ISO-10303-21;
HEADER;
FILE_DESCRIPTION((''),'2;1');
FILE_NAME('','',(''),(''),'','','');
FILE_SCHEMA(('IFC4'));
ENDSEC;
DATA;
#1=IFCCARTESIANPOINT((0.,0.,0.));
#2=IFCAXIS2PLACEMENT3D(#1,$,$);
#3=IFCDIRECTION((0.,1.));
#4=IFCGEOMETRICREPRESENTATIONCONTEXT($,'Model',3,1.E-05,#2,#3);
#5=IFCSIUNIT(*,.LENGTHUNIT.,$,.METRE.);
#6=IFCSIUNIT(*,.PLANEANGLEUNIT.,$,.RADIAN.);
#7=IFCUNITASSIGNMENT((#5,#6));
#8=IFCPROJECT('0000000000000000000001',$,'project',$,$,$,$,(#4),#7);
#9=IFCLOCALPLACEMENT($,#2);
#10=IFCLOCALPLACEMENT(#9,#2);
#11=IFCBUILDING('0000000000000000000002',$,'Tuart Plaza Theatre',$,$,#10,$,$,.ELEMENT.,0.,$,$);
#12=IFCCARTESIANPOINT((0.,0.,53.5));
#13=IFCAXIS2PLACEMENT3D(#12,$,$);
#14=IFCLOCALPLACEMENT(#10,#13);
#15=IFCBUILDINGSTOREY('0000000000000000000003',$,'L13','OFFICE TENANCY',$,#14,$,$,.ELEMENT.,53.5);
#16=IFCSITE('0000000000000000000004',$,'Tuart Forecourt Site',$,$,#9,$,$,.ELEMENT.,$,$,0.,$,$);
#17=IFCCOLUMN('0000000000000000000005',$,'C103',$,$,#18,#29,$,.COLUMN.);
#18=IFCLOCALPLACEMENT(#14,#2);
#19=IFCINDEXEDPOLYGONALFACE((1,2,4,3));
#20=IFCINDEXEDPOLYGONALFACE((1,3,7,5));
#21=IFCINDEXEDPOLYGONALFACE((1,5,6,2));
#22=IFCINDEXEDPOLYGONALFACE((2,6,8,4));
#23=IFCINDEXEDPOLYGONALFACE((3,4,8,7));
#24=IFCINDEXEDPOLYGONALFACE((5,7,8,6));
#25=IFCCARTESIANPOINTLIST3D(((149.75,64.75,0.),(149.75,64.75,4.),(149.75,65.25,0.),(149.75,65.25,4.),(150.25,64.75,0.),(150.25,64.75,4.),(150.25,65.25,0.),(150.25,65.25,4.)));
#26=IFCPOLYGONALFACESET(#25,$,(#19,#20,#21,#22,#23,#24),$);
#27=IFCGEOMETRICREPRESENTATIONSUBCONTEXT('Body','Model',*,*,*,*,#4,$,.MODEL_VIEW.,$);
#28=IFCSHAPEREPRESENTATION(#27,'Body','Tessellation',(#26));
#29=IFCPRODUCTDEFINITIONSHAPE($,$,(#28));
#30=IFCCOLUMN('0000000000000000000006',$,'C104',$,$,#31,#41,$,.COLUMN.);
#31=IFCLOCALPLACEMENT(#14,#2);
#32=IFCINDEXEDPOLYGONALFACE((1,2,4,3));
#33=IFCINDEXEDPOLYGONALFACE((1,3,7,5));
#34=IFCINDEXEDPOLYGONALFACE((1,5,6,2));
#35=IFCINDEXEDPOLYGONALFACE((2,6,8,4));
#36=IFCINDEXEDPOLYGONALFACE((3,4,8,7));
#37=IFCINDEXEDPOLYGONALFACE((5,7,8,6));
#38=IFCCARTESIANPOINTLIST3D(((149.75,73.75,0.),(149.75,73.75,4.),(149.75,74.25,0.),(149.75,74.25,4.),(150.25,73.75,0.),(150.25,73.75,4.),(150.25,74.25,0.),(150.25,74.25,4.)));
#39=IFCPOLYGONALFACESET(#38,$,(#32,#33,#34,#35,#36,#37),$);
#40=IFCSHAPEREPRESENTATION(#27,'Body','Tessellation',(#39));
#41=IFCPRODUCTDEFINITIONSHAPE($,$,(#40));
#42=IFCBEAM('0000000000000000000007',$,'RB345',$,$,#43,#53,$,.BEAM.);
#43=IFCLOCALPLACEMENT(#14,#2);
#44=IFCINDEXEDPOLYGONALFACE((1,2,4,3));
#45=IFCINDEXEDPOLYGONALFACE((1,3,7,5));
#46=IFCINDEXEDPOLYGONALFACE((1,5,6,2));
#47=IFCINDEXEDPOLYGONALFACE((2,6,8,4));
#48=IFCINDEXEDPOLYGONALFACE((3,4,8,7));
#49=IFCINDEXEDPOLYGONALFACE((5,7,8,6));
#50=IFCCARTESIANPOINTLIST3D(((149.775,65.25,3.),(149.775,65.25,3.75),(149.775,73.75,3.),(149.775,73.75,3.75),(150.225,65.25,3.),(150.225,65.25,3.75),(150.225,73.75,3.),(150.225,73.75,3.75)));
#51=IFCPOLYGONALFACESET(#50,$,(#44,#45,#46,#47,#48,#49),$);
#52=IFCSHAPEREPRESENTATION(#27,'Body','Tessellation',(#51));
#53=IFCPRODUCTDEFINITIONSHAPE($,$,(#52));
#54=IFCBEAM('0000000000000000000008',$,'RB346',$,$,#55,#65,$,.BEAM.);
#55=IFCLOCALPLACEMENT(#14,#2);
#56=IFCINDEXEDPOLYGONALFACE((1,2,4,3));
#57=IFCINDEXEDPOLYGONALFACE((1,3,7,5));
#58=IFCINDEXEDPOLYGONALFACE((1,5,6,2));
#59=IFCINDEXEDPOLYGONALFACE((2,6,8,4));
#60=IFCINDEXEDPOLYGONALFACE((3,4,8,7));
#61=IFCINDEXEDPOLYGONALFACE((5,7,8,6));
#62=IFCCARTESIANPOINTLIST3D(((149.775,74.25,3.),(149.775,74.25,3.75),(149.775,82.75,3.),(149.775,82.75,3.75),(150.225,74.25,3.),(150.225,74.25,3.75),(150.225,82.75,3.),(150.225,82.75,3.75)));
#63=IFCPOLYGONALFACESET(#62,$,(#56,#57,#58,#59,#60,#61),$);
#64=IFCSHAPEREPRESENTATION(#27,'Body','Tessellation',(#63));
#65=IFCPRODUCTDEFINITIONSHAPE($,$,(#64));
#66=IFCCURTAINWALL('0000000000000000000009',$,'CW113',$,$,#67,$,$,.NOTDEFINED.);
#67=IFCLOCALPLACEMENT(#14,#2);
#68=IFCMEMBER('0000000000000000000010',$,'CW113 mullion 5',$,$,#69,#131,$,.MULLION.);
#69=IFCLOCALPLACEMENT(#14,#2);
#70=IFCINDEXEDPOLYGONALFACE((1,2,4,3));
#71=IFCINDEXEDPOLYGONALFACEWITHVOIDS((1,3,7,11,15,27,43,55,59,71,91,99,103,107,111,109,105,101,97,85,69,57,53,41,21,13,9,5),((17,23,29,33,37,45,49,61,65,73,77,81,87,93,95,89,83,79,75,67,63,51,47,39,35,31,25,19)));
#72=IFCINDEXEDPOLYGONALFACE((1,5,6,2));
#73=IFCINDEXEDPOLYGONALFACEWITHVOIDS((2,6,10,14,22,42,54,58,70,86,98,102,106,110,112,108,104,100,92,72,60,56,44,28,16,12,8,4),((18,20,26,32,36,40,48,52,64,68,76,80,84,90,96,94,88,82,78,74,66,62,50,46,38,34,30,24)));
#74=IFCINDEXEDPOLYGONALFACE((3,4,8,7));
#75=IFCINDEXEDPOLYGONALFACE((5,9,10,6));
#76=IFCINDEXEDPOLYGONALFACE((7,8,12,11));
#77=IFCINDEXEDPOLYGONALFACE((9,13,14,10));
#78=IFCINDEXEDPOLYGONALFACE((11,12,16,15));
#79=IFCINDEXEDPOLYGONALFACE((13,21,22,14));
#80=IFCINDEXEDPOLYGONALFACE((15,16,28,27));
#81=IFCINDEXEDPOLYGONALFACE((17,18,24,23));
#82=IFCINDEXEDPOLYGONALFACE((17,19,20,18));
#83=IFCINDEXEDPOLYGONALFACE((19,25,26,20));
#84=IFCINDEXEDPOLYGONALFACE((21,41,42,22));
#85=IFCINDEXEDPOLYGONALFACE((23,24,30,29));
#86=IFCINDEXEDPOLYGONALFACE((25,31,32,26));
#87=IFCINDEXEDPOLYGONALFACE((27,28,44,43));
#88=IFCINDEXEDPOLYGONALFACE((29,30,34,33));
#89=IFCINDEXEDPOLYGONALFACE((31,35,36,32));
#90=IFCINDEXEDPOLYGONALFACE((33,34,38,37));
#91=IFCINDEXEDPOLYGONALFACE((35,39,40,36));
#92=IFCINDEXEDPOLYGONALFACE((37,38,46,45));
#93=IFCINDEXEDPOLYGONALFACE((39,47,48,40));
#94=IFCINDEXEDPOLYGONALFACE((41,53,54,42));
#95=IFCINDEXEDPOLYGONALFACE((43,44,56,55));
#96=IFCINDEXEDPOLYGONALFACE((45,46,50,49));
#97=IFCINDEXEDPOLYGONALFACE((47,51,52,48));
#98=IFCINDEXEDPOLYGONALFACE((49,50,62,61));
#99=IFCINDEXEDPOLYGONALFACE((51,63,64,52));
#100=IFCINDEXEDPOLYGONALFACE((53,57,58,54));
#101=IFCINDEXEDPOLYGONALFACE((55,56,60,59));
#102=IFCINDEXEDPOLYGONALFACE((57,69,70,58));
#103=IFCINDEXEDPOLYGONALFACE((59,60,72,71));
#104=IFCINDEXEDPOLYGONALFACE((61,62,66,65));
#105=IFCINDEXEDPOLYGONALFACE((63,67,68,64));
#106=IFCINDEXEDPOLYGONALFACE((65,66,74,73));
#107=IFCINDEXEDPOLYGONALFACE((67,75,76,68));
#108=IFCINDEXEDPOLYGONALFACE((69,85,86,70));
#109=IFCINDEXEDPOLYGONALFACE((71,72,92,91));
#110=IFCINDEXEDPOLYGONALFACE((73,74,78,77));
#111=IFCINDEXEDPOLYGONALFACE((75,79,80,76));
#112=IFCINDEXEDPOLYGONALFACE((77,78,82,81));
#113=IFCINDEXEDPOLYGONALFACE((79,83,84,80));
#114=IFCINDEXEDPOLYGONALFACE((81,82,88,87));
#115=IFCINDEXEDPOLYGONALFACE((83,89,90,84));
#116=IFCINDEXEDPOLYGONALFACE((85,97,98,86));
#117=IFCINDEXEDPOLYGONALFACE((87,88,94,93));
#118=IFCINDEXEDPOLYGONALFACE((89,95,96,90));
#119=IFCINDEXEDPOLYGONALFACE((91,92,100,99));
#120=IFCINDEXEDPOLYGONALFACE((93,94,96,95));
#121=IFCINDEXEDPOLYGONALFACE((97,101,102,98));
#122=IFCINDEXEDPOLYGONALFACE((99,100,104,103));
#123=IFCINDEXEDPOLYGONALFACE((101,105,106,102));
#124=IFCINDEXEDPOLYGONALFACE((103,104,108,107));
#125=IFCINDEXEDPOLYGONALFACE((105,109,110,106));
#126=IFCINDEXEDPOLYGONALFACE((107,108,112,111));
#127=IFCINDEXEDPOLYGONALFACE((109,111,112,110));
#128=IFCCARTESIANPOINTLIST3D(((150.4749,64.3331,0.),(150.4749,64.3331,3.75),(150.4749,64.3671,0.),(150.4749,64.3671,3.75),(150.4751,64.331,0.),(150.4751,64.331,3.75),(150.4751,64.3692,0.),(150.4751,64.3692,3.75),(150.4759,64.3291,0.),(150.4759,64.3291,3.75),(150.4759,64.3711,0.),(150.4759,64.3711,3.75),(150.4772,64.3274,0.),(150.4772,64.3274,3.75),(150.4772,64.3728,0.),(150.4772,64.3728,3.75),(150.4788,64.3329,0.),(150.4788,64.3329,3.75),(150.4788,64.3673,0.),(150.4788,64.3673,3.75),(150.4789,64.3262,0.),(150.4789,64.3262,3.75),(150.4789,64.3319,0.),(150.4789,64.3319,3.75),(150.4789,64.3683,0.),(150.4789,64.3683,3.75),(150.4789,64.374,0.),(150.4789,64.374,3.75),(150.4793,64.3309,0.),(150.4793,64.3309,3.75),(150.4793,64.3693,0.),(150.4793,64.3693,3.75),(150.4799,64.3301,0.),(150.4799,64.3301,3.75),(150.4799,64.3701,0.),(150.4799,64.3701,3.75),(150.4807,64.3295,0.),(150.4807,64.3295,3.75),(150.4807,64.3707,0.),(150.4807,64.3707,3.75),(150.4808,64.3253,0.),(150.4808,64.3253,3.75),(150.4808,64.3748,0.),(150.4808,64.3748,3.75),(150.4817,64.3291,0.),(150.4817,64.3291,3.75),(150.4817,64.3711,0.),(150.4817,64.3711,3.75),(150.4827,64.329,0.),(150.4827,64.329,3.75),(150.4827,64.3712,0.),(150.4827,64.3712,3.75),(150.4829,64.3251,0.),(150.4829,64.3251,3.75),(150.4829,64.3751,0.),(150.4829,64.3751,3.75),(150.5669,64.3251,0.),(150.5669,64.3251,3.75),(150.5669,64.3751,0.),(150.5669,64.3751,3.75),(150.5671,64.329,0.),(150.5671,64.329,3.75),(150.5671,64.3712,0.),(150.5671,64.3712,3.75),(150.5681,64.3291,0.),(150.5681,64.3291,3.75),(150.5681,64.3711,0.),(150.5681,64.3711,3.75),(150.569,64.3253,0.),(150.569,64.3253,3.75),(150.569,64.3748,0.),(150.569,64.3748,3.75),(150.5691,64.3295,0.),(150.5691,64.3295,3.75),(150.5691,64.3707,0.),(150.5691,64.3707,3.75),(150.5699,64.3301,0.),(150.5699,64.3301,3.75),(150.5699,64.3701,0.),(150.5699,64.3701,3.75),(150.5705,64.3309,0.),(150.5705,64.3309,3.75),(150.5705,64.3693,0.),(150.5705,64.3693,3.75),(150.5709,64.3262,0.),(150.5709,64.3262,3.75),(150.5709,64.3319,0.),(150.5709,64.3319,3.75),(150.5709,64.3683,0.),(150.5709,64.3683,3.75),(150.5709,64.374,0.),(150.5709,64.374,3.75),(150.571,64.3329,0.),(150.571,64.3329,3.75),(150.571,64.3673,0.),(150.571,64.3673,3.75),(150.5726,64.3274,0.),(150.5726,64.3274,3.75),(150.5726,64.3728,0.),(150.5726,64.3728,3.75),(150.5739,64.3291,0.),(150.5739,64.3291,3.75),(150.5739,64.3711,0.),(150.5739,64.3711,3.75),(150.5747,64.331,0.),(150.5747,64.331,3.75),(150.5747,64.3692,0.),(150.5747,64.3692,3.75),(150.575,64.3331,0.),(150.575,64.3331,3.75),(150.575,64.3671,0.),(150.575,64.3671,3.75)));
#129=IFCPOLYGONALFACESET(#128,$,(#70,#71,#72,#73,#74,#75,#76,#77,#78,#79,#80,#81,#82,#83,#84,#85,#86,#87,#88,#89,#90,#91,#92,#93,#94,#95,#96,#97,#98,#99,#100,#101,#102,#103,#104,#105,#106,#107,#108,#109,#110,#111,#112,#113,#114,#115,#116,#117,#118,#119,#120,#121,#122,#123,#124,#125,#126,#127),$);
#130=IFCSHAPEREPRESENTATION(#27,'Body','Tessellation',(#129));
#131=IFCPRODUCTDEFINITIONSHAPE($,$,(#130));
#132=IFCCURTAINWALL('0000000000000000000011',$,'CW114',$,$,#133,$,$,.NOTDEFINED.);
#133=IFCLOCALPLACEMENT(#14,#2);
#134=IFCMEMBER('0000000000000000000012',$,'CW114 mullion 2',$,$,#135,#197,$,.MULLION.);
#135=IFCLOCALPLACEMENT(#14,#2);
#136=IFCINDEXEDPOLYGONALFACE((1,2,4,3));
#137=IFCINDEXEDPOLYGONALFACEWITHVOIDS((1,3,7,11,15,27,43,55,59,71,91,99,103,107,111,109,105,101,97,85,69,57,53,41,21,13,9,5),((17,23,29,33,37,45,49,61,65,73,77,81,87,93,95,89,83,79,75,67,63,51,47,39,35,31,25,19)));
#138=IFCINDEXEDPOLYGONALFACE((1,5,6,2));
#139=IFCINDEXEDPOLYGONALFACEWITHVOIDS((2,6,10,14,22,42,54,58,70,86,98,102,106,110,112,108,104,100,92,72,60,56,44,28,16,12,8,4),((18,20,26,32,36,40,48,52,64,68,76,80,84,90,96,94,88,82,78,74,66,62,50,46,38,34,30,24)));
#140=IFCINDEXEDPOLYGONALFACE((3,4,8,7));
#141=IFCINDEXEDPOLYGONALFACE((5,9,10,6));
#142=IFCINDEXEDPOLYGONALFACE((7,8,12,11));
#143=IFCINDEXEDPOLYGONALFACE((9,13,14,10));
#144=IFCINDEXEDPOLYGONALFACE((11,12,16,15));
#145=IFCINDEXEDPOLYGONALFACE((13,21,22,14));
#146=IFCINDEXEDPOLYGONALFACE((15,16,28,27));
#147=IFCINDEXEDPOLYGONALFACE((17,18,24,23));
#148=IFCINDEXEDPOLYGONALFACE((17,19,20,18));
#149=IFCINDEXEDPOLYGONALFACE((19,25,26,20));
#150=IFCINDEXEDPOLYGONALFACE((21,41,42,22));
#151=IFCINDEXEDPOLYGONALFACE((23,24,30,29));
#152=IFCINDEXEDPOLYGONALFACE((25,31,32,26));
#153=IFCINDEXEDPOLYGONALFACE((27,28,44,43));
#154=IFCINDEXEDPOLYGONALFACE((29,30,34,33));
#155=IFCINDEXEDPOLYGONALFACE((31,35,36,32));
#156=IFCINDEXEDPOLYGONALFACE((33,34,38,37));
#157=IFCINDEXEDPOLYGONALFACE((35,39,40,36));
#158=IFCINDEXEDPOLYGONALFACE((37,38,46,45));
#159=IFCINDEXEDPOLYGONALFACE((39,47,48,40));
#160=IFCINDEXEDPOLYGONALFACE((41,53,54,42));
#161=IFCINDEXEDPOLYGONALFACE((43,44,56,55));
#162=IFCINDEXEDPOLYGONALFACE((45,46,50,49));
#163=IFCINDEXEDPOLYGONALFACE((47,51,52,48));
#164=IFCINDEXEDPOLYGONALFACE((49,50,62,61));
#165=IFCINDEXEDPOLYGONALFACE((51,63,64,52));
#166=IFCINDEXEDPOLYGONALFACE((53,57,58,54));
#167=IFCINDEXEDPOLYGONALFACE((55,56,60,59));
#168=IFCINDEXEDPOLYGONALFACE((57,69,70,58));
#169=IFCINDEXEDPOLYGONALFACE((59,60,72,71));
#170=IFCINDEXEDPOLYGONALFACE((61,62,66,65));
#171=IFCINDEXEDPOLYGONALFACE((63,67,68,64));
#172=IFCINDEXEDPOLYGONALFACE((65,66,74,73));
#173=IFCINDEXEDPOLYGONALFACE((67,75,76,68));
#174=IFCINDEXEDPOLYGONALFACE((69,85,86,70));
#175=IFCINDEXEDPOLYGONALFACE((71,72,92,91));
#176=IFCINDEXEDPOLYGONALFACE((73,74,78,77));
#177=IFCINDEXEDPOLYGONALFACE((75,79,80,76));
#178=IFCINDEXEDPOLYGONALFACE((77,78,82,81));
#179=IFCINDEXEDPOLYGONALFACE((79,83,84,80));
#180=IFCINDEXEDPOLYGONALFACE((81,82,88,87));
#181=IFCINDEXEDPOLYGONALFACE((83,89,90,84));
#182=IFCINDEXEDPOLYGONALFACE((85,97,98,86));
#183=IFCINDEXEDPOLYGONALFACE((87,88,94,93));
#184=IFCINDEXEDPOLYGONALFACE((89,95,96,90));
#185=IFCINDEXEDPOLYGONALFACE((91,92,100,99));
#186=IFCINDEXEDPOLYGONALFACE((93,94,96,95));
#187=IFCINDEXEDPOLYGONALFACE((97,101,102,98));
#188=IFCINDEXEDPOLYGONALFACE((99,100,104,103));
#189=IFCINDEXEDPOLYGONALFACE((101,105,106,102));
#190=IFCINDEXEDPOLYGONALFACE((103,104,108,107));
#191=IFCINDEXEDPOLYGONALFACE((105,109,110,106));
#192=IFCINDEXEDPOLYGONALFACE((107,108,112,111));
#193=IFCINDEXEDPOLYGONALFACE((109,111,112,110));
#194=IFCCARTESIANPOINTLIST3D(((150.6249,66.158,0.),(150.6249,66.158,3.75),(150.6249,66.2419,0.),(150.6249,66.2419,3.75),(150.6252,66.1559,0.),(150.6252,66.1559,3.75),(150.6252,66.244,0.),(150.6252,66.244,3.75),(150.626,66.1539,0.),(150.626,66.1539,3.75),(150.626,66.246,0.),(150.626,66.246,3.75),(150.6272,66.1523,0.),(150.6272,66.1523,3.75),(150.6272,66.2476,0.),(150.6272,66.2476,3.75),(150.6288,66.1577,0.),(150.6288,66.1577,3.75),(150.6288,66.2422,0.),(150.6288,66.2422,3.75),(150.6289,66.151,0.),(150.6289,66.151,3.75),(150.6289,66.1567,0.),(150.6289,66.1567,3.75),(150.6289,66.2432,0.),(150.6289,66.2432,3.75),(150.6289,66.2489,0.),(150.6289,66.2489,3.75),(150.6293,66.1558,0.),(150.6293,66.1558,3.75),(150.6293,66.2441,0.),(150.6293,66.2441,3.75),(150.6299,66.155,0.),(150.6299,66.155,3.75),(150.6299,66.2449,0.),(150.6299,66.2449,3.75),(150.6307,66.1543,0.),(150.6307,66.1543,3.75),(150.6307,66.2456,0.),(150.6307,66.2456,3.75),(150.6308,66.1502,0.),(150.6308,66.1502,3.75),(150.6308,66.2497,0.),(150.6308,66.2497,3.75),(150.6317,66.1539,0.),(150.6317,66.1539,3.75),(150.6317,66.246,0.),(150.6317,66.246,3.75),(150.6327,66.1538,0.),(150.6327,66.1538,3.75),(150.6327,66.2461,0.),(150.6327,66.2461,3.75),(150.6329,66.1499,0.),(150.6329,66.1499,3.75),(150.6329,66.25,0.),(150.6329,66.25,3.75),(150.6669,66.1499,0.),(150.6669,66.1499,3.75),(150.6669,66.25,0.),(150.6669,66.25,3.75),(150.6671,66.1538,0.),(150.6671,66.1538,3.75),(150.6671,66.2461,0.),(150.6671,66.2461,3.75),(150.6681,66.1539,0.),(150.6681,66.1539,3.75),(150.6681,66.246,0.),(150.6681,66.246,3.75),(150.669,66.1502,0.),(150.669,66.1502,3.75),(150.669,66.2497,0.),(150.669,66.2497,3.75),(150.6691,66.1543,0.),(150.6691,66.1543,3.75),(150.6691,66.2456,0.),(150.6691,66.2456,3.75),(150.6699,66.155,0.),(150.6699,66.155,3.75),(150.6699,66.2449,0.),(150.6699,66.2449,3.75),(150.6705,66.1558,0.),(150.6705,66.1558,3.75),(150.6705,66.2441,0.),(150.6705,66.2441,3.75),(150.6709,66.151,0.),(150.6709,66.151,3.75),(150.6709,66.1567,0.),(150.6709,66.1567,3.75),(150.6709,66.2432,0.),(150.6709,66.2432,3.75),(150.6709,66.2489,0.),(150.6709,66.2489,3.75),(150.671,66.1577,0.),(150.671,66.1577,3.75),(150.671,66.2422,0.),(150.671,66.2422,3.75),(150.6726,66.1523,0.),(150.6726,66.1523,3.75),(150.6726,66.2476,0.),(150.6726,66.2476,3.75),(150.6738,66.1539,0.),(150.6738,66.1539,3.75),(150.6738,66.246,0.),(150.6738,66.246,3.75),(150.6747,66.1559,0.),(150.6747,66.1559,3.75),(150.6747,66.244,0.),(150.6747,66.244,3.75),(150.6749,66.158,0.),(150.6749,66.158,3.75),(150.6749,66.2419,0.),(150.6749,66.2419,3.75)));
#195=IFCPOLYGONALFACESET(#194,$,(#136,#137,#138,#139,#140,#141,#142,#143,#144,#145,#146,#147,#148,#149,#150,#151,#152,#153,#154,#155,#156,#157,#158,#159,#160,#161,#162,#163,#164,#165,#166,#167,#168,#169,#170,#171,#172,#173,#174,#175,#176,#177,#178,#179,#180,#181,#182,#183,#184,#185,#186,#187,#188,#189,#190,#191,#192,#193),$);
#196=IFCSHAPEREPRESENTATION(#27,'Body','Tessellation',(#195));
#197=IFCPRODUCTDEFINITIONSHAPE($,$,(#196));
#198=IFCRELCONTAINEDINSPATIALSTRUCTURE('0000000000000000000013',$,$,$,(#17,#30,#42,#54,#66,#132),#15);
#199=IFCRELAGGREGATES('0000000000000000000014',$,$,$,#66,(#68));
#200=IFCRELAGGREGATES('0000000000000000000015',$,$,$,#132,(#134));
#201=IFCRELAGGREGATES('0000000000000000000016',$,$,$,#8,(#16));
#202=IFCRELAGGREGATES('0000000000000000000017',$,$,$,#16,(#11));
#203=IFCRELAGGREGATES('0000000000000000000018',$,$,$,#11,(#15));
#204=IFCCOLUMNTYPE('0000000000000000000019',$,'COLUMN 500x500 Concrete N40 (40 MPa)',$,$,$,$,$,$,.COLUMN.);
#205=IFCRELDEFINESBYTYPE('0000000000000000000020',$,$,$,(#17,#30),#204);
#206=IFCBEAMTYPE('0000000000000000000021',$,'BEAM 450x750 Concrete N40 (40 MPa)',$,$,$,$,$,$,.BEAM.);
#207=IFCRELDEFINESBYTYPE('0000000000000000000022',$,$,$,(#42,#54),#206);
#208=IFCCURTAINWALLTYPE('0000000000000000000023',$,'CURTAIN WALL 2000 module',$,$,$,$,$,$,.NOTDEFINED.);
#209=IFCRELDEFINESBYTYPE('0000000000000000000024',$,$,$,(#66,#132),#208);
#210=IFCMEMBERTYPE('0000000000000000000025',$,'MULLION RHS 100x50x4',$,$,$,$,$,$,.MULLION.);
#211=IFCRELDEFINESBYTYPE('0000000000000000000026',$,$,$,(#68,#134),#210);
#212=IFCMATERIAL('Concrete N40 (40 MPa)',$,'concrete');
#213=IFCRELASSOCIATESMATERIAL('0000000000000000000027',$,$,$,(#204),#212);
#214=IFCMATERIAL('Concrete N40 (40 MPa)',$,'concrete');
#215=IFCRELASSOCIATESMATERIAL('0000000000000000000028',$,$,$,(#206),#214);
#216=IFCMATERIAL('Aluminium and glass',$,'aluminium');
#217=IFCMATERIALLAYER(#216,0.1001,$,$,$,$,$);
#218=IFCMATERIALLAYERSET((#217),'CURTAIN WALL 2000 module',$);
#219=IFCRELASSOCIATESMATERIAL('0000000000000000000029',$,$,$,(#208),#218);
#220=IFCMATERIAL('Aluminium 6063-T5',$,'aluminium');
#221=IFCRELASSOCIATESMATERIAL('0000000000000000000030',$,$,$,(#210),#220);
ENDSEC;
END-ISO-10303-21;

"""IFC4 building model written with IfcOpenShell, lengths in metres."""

from ifc_helpers import new_model, si_unit, direction, frame, origin, origin_2d, place, context, subcontext, project, spatial, rectangle, hollow_rectangle, extrude, material, layer, layer_set, material_profile, profile_set, type_object, element, aggregate, save


model = new_model("IFC4")

# Units and contexts
model_context = context("Model", 3, precision=1e-05, world=origin(), true_north=direction((0.0, 1.0)))
body_context = subcontext(model_context, "Body", "Model", "MODEL_VIEW")
ifc_project = project(units=[si_unit("LENGTHUNIT", "METRE"), si_unit("PLANEANGLEUNIT", "RADIAN")], contexts=[model_context])

# Site, building, storey
site_placement = place(None, origin())
site = spatial("IfcSite", under=ifc_project, at=site_placement, Name="Tuart Forecourt Site", CompositionType="ELEMENT", RefElevation=0.0)
building_placement = place(site_placement, origin())
building = spatial("IfcBuilding", under=site, at=building_placement, Name="Tuart Plaza Theatre", CompositionType="ELEMENT", ElevationOfRefHeight=0.0)
storey_placement = place(building_placement, frame((0.0, 0.0, 53.5)))
storey = spatial("IfcBuildingStorey", under=building, at=storey_placement, Name="L13", Description="OFFICE TENANCY", CompositionType="ELEMENT", Elevation=53.5)

# Columns
ifc_material_1 = material(Name="Concrete N40 (40 MPa)", Category="concrete")
ifc_material_profile_1 = material_profile(ifc_material_1, rectangle(XDim=0.5, YDim=0.5, at=origin_2d()), Name="COLUMN 500x500 Concrete N40 (40 MPa)")
ifc_profile_set_1 = profile_set([ifc_material_profile_1], Name="Concrete N40 (40 MPa)")
column_type = type_object("IfcColumnType", Name="COLUMN 500x500 Concrete N40 (40 MPa)", PredefinedType="COLUMN", material=ifc_profile_set_1)
for number, where, z_axis, x_axis, name in (
    (1, (150.0, 65.0, 0.0), (0.0, 0.0, 1.0), (1.0, 0.0, 0.0), "C103"),
    (2, (150.0, 74.0, 0.0), (0.0, 0.0, 1.0), (1.0, 0.0, 0.0), "C104"),
):
    element("IfcColumn", number, at=place(storey_placement, frame(where, z_axis=z_axis, x_axis=x_axis)), inside=storey, type_object=column_type, Name=name, PredefinedType="COLUMN", context=body_context, shape_type="SweptSolid", body=[
        extrude(rectangle(XDim=0.5, YDim=0.5, at=origin_2d()), origin(), (0.0, 0.0, 1.0), 4.0),
    ])

# Beams
ifc_material_2 = material(Name="Concrete N40 (40 MPa)", Category="concrete")
ifc_material_profile_2 = material_profile(ifc_material_2, rectangle(XDim=0.45, YDim=0.75, at=origin_2d()), Name="BEAM 450x750 Concrete N40 (40 MPa)")
ifc_profile_set_2 = profile_set([ifc_material_profile_2], Name="Concrete N40 (40 MPa)")
beam_type = type_object("IfcBeamType", Name="BEAM 450x750 Concrete N40 (40 MPa)", PredefinedType="BEAM", material=ifc_profile_set_2)
for number, where, z_axis, x_axis, name in (
    (3, (150.0, 65.25, 3.375), (0.0, 1.0, 0.0), (-1.0, 0.0, 0.0), "RB345"),
    (4, (150.0, 74.25, 3.375), (0.0, 1.0, 0.0), (-1.0, 0.0, 0.0), "RB346"),
):
    element("IfcBeam", number, at=place(storey_placement, frame(where, z_axis=z_axis, x_axis=x_axis)), inside=storey, type_object=beam_type, Name=name, PredefinedType="BEAM", context=body_context, shape_type="SweptSolid", body=[
        extrude(rectangle(XDim=0.45, YDim=0.75, at=origin_2d()), origin(), (0.0, 0.0, 1.0), 8.5),
    ])

# Curtain wall, member
ifc_material_3 = material(Name="Aluminium and glass", Category="aluminium")
ifc_layer_1 = layer(ifc_material_3, 0.1001)
ifc_layer_set_1 = layer_set([ifc_layer_1], Name="CURTAIN WALL 2000 module")
curtain_wall_type = type_object("IfcCurtainWallType", Name="CURTAIN WALL 2000 module", PredefinedType="NOTDEFINED", material=ifc_layer_set_1)
curtain_wall_1_placement = place(storey_placement, origin())
curtain_wall_1 = element("IfcCurtainWall", 5, at=curtain_wall_1_placement, inside=storey, type_object=curtain_wall_type, Name="CW113", PredefinedType="NOTDEFINED")
ifc_material_4 = material(Name="Aluminium 6063-T5", Category="aluminium")
ifc_material_profile_3 = material_profile(ifc_material_4, hollow_rectangle(XDim=0.05, YDim=0.1001, WallThickness=0.0039, InnerFilletRadius=0.0039, OuterFilletRadius=0.0081, at=origin_2d()), Name="RHS 100x50x4")
ifc_profile_set_3 = profile_set([ifc_material_profile_3], Name="Aluminium 6063-T5")
member_type_1 = type_object("IfcMemberType", Name="MULLION RHS 100x50x4", PredefinedType="MULLION", material=ifc_profile_set_3)
member_1_placement = place(storey_placement, frame((150.5249, 64.3501, 0.0), z_axis=(0.0, 0.0, 1.0), x_axis=(0.0, 1.0, 0.0)))
member_1 = element("IfcMember", 6, at=member_1_placement, type_object=member_type_1, Name="CW113 mullion 5", PredefinedType="MULLION", context=body_context, shape_type="SweptSolid", body=[
    extrude(hollow_rectangle(XDim=0.05, YDim=0.1001, WallThickness=0.0039, InnerFilletRadius=0.0039, OuterFilletRadius=0.0081, at=origin_2d()), origin(), (0.0, 0.0, 1.0), 3.75),
])

# Curtain wall, member
curtain_wall_2_placement = place(storey_placement, origin())
curtain_wall_2 = element("IfcCurtainWall", 7, at=curtain_wall_2_placement, inside=storey, type_object=curtain_wall_type, Name="CW114", PredefinedType="NOTDEFINED")
member_2_placement = place(storey_placement, frame((150.6499, 66.2, 0.0), z_axis=(0.0, 0.0, 1.0), x_axis=(-1.0, 0.0, 0.0)))
member_2 = element("IfcMember", 8, at=member_2_placement, type_object=member_type_1, Name="CW114 mullion 2", PredefinedType="MULLION", context=body_context, shape_type="SweptSolid", body=[
    extrude(hollow_rectangle(XDim=0.05, YDim=0.1001, WallThickness=0.0039, InnerFilletRadius=0.0039, OuterFilletRadius=0.0081, at=origin_2d()), origin(), (0.0, 0.0, 1.0), 3.75),
])

aggregate(curtain_wall_1, [member_1])
aggregate(curtain_wall_2, [member_2])

save(model, "model.ifc")
